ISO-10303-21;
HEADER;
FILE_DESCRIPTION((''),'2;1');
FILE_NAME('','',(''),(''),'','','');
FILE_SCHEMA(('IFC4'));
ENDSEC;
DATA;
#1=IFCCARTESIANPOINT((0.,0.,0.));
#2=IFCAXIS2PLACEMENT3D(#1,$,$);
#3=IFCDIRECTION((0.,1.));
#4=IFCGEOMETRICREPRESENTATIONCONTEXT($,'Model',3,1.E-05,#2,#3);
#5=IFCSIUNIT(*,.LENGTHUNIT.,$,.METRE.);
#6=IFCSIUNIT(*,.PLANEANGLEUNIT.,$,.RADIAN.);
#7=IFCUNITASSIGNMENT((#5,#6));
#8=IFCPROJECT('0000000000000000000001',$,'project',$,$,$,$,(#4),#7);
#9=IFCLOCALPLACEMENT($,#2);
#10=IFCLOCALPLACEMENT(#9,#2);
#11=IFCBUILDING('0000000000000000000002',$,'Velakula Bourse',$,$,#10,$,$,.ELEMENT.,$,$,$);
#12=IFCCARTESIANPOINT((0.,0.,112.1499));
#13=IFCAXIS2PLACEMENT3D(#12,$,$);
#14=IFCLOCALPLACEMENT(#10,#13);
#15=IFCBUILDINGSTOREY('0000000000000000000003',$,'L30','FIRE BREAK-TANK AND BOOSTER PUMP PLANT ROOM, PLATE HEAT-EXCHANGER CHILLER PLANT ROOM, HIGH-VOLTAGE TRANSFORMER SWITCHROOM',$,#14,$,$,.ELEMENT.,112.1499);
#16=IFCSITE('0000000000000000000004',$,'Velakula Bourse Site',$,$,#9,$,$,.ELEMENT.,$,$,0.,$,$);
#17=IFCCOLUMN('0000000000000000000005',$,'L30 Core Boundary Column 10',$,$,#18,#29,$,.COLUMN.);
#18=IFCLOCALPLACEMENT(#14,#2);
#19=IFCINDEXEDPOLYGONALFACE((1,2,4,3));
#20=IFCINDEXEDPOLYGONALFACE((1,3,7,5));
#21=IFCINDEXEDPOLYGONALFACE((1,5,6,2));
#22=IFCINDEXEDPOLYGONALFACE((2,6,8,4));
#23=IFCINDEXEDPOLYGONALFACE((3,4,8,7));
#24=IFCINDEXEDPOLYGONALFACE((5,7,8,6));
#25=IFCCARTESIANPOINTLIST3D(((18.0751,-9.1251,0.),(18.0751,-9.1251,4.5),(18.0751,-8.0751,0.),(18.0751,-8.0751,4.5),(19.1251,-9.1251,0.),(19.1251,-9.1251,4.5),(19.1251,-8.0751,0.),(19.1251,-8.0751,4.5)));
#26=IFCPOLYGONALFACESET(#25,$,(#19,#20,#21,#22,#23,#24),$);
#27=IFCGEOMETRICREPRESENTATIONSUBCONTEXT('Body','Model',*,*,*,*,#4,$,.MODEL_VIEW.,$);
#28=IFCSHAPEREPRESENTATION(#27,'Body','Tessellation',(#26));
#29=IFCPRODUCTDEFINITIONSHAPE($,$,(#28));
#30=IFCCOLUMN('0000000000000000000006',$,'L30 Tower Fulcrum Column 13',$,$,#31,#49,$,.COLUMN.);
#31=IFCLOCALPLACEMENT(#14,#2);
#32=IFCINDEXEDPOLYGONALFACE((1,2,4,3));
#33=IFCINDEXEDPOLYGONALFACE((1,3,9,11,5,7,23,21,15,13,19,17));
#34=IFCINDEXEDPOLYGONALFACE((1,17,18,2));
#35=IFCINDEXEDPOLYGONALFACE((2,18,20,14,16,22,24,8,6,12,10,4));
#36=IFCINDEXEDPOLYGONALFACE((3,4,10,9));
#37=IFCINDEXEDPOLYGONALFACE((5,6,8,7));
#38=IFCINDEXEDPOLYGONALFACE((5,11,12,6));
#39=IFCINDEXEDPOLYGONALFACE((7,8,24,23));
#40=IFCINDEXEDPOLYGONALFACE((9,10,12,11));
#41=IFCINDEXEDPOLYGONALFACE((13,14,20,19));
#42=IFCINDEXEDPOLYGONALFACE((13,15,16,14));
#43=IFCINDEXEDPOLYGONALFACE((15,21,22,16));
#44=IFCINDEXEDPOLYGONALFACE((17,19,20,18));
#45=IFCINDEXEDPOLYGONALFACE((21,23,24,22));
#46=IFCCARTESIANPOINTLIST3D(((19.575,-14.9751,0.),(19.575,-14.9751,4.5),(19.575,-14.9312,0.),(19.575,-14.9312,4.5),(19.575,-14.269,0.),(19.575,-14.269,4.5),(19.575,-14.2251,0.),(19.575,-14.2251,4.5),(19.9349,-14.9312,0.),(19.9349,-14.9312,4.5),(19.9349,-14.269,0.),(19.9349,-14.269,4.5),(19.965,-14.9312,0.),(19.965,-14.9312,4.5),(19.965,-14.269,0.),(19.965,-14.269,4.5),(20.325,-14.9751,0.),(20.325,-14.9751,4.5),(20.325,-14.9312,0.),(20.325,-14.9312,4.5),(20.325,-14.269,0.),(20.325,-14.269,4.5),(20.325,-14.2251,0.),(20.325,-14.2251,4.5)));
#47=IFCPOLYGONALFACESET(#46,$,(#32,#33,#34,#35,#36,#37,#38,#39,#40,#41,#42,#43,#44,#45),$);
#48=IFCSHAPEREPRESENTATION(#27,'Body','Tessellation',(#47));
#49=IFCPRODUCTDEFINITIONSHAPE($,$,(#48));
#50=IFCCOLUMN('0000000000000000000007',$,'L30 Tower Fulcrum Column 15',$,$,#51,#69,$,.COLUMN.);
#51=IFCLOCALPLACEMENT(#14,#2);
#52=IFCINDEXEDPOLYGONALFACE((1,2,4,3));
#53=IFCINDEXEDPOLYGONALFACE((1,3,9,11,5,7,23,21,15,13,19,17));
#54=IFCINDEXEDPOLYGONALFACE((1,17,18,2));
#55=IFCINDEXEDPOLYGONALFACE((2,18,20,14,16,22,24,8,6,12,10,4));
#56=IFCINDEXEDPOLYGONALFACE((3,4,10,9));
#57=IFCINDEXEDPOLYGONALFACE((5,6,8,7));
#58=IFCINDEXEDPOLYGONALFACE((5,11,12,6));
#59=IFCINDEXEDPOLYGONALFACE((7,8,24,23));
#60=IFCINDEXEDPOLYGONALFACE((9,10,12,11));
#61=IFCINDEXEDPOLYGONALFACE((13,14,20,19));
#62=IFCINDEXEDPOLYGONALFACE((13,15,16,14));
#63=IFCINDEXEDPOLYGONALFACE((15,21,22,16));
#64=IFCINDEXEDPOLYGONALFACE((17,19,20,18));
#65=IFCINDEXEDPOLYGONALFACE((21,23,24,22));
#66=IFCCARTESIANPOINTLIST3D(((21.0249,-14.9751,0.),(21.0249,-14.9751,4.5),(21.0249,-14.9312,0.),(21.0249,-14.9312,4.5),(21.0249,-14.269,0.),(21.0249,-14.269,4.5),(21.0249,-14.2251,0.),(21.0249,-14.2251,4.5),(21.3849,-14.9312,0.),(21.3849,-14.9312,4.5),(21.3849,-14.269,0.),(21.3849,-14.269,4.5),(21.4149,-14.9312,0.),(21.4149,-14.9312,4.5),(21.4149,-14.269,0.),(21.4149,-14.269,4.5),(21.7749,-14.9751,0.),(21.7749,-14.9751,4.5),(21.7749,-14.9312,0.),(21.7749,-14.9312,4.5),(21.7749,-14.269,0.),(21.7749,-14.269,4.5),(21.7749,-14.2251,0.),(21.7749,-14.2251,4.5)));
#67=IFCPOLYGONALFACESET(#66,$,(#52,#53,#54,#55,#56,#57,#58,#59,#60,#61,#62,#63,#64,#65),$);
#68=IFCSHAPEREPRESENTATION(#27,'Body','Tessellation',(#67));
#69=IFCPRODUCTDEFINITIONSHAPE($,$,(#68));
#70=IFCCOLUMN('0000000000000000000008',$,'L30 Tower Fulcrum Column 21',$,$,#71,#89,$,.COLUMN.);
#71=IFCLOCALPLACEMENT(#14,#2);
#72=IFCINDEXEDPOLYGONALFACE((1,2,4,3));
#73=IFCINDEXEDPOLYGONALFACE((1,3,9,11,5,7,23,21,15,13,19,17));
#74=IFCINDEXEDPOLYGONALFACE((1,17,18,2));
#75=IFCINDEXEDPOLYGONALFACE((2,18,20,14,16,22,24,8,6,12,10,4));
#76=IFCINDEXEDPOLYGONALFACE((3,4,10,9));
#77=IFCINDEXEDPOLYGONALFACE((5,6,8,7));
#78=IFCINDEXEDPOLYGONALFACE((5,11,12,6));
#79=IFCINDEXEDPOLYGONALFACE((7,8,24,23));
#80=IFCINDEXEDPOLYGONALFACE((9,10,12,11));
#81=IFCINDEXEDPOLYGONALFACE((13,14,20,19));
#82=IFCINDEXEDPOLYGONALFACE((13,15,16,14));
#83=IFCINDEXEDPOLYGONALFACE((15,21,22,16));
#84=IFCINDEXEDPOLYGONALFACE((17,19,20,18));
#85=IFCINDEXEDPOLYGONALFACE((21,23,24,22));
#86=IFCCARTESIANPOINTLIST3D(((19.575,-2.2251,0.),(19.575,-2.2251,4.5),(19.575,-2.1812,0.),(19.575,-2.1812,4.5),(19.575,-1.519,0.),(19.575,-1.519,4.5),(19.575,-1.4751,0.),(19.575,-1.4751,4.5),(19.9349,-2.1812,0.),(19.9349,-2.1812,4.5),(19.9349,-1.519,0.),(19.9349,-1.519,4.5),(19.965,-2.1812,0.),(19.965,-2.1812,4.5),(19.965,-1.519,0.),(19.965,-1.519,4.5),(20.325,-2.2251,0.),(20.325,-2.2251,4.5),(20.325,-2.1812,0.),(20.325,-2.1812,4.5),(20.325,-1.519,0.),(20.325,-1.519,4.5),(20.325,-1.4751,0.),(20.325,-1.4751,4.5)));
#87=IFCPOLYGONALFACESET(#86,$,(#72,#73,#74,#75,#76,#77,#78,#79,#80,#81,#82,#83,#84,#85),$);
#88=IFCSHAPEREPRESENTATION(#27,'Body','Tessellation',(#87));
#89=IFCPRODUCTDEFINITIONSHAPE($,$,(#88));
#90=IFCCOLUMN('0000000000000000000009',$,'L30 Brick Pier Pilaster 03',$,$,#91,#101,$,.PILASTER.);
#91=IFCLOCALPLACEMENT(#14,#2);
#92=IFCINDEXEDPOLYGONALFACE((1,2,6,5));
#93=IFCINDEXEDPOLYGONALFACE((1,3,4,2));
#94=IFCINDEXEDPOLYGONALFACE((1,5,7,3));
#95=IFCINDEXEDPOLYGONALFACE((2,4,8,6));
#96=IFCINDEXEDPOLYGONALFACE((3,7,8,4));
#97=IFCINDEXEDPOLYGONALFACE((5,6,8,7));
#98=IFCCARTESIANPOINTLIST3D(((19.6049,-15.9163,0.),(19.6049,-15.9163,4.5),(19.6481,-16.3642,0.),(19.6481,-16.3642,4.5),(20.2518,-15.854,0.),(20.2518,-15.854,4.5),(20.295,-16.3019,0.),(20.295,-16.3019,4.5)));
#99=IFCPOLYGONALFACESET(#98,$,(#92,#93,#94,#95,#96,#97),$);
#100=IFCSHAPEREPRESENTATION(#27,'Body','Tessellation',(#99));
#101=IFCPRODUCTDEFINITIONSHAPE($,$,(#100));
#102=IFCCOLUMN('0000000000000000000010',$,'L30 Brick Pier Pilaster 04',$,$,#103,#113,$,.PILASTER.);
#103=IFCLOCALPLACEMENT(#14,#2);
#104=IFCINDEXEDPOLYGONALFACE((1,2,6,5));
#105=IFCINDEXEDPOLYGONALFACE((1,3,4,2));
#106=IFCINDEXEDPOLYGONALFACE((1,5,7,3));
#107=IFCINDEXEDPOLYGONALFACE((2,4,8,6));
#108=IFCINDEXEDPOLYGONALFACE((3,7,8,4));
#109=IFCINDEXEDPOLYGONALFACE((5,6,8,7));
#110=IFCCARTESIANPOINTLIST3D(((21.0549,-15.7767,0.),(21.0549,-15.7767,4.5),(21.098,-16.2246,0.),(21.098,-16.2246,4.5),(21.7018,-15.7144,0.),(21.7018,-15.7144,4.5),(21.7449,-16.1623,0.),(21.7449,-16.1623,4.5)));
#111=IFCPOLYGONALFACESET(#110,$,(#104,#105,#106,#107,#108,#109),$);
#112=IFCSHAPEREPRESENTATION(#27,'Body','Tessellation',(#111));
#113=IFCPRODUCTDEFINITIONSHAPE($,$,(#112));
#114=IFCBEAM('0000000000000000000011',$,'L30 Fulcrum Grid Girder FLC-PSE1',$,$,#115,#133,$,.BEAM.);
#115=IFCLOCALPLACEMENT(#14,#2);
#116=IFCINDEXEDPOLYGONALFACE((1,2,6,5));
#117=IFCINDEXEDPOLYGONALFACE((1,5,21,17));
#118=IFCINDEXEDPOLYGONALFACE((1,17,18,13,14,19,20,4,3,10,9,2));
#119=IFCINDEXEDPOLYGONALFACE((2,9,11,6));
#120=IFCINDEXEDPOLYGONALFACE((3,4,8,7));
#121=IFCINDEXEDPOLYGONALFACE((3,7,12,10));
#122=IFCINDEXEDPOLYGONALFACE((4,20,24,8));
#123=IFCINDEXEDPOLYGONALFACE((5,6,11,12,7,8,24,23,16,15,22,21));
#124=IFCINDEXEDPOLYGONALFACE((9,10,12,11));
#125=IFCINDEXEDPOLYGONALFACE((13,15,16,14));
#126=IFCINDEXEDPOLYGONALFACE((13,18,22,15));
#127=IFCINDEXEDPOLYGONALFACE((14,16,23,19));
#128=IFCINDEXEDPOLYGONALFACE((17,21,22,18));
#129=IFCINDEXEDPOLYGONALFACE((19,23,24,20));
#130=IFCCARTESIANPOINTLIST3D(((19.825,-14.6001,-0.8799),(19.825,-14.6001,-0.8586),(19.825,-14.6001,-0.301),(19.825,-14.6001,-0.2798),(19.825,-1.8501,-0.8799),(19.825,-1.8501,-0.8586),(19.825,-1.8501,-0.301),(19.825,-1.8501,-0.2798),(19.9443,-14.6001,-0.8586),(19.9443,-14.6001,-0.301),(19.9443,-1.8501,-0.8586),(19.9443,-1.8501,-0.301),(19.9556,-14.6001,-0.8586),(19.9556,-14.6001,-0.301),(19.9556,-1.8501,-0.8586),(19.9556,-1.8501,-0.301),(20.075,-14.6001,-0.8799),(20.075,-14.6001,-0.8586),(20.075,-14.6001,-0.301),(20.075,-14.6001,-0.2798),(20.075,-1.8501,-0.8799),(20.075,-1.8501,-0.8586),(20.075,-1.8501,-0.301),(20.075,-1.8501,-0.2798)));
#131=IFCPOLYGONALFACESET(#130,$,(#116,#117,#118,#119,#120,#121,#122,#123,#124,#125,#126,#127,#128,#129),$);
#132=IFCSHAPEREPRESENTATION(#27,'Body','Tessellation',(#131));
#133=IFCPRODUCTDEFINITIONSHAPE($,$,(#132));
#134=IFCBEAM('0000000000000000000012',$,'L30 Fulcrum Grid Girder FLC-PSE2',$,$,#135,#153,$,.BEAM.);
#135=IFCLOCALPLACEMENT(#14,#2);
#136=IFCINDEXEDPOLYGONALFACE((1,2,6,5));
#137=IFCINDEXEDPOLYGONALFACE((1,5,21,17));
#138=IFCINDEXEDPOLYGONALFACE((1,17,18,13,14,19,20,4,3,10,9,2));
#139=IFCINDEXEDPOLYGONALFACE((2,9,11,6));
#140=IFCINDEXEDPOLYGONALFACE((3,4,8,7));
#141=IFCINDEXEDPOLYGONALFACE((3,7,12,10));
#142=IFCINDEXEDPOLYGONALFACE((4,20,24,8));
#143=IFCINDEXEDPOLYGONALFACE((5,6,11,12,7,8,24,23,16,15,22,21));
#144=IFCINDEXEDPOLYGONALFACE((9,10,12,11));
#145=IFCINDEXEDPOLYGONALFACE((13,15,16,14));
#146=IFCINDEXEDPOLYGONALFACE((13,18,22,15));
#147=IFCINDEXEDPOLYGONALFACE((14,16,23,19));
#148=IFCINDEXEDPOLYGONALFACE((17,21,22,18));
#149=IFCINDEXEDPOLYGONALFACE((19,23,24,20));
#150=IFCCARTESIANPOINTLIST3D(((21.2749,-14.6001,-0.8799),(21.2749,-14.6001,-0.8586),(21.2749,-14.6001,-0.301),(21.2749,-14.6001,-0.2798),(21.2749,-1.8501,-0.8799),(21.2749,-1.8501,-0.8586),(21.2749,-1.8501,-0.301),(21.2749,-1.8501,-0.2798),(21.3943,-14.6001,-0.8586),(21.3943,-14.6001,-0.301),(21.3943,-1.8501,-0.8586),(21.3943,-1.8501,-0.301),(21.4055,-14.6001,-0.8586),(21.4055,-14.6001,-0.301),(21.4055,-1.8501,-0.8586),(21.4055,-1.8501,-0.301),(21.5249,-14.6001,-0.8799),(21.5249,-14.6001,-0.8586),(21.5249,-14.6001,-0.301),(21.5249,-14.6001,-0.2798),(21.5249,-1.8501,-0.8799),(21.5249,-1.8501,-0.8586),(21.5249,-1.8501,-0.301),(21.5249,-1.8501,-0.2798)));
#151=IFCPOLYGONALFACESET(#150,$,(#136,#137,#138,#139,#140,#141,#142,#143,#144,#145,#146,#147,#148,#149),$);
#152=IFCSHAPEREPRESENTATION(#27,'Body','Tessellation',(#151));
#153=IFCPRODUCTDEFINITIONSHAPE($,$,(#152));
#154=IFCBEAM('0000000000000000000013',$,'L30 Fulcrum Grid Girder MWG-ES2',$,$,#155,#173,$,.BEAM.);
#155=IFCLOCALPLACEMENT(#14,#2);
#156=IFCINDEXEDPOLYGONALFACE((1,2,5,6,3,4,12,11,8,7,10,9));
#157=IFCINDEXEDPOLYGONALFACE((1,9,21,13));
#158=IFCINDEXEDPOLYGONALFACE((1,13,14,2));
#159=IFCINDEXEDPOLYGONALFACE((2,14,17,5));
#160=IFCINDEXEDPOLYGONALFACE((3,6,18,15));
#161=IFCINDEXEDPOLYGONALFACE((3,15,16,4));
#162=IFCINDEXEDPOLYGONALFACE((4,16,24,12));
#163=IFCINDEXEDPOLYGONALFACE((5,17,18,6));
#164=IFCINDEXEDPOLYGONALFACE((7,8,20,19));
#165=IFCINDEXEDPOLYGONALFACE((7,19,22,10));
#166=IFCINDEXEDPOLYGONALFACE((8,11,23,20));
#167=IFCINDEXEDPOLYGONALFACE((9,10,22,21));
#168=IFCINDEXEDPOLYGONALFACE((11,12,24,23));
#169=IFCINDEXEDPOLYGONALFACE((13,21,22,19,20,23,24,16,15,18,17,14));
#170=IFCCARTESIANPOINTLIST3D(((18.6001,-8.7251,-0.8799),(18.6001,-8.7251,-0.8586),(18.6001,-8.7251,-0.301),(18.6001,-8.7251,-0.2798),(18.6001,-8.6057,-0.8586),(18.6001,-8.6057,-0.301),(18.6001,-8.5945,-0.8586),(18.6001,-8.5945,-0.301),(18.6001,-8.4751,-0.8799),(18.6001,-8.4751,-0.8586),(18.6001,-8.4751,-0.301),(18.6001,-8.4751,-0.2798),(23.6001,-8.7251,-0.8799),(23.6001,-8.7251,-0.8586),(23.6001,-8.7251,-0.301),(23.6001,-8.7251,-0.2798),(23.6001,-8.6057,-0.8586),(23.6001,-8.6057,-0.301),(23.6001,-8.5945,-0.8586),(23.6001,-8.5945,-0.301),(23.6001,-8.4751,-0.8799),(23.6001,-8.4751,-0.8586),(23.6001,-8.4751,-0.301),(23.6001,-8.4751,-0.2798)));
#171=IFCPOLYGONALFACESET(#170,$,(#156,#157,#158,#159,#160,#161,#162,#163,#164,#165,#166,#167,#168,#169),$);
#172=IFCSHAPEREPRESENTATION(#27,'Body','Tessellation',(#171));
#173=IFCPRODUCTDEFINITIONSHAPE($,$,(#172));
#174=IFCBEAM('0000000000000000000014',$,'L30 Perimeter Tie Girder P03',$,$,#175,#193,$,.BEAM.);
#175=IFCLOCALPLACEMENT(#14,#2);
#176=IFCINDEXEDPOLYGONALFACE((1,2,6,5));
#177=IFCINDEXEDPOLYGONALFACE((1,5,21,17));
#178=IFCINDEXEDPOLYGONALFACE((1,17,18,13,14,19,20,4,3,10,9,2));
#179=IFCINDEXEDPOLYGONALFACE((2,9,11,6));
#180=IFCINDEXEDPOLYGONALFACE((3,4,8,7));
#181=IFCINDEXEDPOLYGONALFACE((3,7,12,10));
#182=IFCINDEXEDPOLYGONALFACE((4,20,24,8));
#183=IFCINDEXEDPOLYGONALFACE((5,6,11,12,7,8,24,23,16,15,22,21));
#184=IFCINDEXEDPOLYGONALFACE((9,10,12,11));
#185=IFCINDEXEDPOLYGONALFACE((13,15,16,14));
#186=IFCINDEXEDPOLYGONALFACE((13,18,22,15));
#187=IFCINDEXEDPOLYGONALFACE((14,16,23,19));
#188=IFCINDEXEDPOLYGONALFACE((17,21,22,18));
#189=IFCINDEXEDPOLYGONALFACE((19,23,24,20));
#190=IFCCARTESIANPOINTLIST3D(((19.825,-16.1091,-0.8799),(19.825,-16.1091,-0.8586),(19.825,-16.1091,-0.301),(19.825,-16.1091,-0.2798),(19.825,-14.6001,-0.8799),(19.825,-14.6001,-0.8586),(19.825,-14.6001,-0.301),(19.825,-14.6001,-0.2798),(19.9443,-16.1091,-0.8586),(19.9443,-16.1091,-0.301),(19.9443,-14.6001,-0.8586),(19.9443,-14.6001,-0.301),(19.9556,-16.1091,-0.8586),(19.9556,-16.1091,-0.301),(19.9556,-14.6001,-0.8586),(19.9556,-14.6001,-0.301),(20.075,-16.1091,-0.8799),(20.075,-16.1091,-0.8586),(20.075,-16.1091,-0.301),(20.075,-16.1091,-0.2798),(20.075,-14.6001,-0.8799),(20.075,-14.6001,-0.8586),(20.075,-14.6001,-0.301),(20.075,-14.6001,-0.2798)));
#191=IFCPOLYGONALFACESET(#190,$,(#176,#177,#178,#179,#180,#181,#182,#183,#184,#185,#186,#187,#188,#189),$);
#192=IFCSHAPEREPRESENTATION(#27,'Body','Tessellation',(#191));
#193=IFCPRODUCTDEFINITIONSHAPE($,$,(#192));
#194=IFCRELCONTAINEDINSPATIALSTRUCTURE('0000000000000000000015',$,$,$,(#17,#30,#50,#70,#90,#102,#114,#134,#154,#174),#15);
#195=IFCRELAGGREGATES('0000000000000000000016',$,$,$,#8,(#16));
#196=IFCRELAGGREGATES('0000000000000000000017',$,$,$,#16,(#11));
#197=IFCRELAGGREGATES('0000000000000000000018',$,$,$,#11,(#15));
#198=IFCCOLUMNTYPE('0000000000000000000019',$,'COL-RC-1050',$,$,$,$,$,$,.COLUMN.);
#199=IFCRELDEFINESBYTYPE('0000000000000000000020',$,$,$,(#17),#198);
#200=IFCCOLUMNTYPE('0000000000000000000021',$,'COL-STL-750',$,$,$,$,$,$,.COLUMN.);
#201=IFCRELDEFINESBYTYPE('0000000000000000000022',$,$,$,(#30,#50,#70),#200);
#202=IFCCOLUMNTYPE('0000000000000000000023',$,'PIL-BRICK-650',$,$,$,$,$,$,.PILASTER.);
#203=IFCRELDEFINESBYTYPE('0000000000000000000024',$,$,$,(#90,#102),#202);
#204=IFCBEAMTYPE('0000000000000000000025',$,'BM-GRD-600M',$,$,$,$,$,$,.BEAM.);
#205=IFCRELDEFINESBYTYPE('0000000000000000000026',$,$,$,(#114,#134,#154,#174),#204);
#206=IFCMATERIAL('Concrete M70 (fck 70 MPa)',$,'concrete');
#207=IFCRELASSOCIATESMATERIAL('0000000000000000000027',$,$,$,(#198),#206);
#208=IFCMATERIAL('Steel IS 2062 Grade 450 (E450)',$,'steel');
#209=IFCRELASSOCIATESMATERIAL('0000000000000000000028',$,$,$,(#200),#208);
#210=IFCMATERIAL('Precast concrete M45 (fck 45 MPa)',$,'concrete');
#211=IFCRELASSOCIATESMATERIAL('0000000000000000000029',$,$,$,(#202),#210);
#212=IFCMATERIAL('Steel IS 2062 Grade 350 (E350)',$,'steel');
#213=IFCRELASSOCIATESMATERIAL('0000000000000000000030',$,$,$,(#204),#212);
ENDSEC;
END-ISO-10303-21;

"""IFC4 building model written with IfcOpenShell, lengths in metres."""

from ifc_helpers import new_model, si_unit, direction, frame, origin, origin_2d, place, context, subcontext, project, spatial, rectangle, i_section, extrude, material, material_profile, profile_set, type_object, element, save


model = new_model("IFC4")

# Units and contexts
model_context = context("Model", 3, precision=1e-05, world=origin(), true_north=direction((0.0, 1.0)))
body_context = subcontext(model_context, "Body", "Model", "MODEL_VIEW")
ifc_project = project(units=[si_unit("LENGTHUNIT", "METRE"), si_unit("PLANEANGLEUNIT", "RADIAN")], contexts=[model_context])

# Site, building, storey
site_placement = place(None, origin())
site = spatial("IfcSite", under=ifc_project, at=site_placement, Name="Velakula Bourse Site", CompositionType="ELEMENT", RefElevation=0.0)
building_placement = place(site_placement, origin())
building = spatial("IfcBuilding", under=site, at=building_placement, Name="Velakula Bourse", CompositionType="ELEMENT")
storey_placement = place(building_placement, frame((0.0, 0.0, 112.1499)))
storey = spatial("IfcBuildingStorey", under=building, at=storey_placement, Name="L30", Description="FIRE BREAK-TANK AND BOOSTER PUMP PLANT ROOM, PLATE HEAT-EXCHANGER CHILLER PLANT ROOM, HIGH-VOLTAGE TRANSFORMER SWITCHROOM", CompositionType="ELEMENT", Elevation=112.1499)

# Columns
ifc_material_1 = material(Name="Concrete M70 (fck 70 MPa)", Category="concrete")
ifc_material_profile_1 = material_profile(ifc_material_1, rectangle(XDim=1.05, YDim=1.05, at=origin_2d()), Name="Concrete M70 (fck 70 MPa)")
ifc_profile_set_1 = profile_set([ifc_material_profile_1], Name="Concrete M70 (fck 70 MPa)")
column_type_1 = type_object("IfcColumnType", Name="COL-RC-1050", PredefinedType="COLUMN", material=ifc_profile_set_1)
column_placement = place(storey_placement, frame((18.6001, -8.6001, 0.0), z_axis=(0.0, 0.0, 1.0), x_axis=(1.0, 0.0, 0.0)))
element("IfcColumn", 1, at=column_placement, inside=storey, type_object=column_type_1, Name="L30 Core Boundary Column 10", PredefinedType="COLUMN", context=body_context, shape_type="SweptSolid", body=[
    extrude(rectangle(XDim=1.05, YDim=1.05, at=origin_2d()), origin(), (0.0, 0.0, 1.0), 4.5),
])
ifc_material_2 = material(Name="Steel IS 2062 Grade 450 (E450)", Category="steel")
ifc_material_profile_2 = material_profile(ifc_material_2, i_section(OverallWidth=0.75, OverallDepth=0.75, WebThickness=0.03, FlangeThickness=0.0439, at=origin_2d()), Name="Steel IS 2062 Grade 450 (E450)")
ifc_profile_set_2 = profile_set([ifc_material_profile_2], Name="Steel IS 2062 Grade 450 (E450)")
column_type_2 = type_object("IfcColumnType", Name="COL-STL-750", PredefinedType="COLUMN", material=ifc_profile_set_2)
for number, where, z_axis, x_axis, name in (
    (2, (19.95, -14.6001, 0.0), (0.0, 0.0, 1.0), (1.0, 0.0, 0.0), "L30 Tower Fulcrum Column 13"),
    (3, (21.3999, -14.6001, 0.0), (0.0, 0.0, 1.0), (1.0, 0.0, 0.0), "L30 Tower Fulcrum Column 15"),
    (4, (19.95, -1.8501, 0.0), (0.0, 0.0, 1.0), (1.0, 0.0, 0.0), "L30 Tower Fulcrum Column 21"),
):
    element("IfcColumn", number, at=place(storey_placement, frame(where, z_axis=z_axis, x_axis=x_axis)), inside=storey, type_object=column_type_2, Name=name, PredefinedType="COLUMN", context=body_context, shape_type="SweptSolid", body=[
        extrude(i_section(OverallWidth=0.75, OverallDepth=0.75, WebThickness=0.03, FlangeThickness=0.0439, at=origin_2d()), origin(), (0.0, 0.0, 1.0), 4.5),
    ])
ifc_material_3 = material(Name="Precast concrete M45 (fck 45 MPa)", Category="concrete")
ifc_material_profile_3 = material_profile(ifc_material_3, rectangle(XDim=0.6499, YDim=0.45, at=origin_2d()), Name="Precast concrete M45 (fck 45 MPa)")
ifc_profile_set_3 = profile_set([ifc_material_profile_3], Name="Precast concrete M45 (fck 45 MPa)")
column_type_3 = type_object("IfcColumnType", Name="PIL-BRICK-650", PredefinedType="PILASTER", material=ifc_profile_set_3)
for number, where, z_axis, x_axis, name in (
    (5, (19.95, -16.1091, 0.0), (0.0, 0.0, 1.0), (0.995396, 0.095846, 0.0), "L30 Brick Pier Pilaster 03"),
    (6, (21.3999, -15.9695, 0.0), (0.0, 0.0, 1.0), (0.995396, 0.095846, 0.0), "L30 Brick Pier Pilaster 04"),
):
    element("IfcColumn", number, at=place(storey_placement, frame(where, z_axis=z_axis, x_axis=x_axis)), inside=storey, type_object=column_type_3, Name=name, PredefinedType="PILASTER", context=body_context, shape_type="SweptSolid", body=[
        extrude(rectangle(XDim=0.6499, YDim=0.45, at=origin_2d()), origin(), (0.0, 0.0, 1.0), 4.5),
    ])

# Beams
ifc_material_4 = material(Name="Steel IS 2062 Grade 350 (E350)", Category="steel")
ifc_material_profile_4 = material_profile(ifc_material_4, i_section(OverallWidth=0.25, OverallDepth=0.6001, WebThickness=0.0112, FlangeThickness=0.0212, at=origin_2d()), Name="Steel IS 2062 Grade 350 (E350)")
ifc_profile_set_4 = profile_set([ifc_material_profile_4], Name="Steel IS 2062 Grade 350 (E350)")
beam_type_1 = type_object("IfcBeamType", Name="BM-GRD-600M", PredefinedType="BEAM", material=ifc_profile_set_4)
for number, where, z_axis, x_axis, name in (
    (7, (19.95, -14.6001, -0.5798), (0.0, 1.0, 0.0), (-1.0, 0.0, 0.0), "L30 Fulcrum Grid Girder FLC-PSE1"),
    (8, (21.3999, -14.6001, -0.5798), (0.0, 1.0, 0.0), (-1.0, 0.0, 0.0), "L30 Fulcrum Grid Girder FLC-PSE2"),
):
    element("IfcBeam", number, at=place(storey_placement, frame(where, z_axis=z_axis, x_axis=x_axis)), inside=storey, type_object=beam_type_1, Name=name, PredefinedType="BEAM", context=body_context, shape_type="SweptSolid", body=[
        extrude(i_section(OverallWidth=0.25, OverallDepth=0.6001, WebThickness=0.0112, FlangeThickness=0.0212, at=origin_2d()), origin(), (0.0, 0.0, 1.0), 12.75),
    ])
beam_1_placement = place(storey_placement, frame((18.6001, -8.6001, -0.5798), z_axis=(1.0, 0.0, 0.0), x_axis=(0.0, 1.0, 0.0)))
element("IfcBeam", 9, at=beam_1_placement, inside=storey, type_object=beam_type_1, Name="L30 Fulcrum Grid Girder MWG-ES2", PredefinedType="BEAM", context=body_context, shape_type="SweptSolid", body=[
    extrude(i_section(OverallWidth=0.25, OverallDepth=0.6001, WebThickness=0.0112, FlangeThickness=0.0212, at=origin_2d()), origin(), (0.0, 0.0, 1.0), 5.0),
])
beam_2_placement = place(storey_placement, frame((19.95, -14.6001, -0.5798), z_axis=(0.0, -1.0, 0.0), x_axis=(1.0, 0.0, 0.0)))
element("IfcBeam", 10, at=beam_2_placement, inside=storey, type_object=beam_type_1, Name="L30 Perimeter Tie Girder P03", PredefinedType="BEAM", context=body_context, shape_type="SweptSolid", body=[
    extrude(i_section(OverallWidth=0.25, OverallDepth=0.6001, WebThickness=0.0112, FlangeThickness=0.0212, at=origin_2d()), origin(), (0.0, 0.0, 1.0), 1.509),
])

save(model, "model.ifc")
